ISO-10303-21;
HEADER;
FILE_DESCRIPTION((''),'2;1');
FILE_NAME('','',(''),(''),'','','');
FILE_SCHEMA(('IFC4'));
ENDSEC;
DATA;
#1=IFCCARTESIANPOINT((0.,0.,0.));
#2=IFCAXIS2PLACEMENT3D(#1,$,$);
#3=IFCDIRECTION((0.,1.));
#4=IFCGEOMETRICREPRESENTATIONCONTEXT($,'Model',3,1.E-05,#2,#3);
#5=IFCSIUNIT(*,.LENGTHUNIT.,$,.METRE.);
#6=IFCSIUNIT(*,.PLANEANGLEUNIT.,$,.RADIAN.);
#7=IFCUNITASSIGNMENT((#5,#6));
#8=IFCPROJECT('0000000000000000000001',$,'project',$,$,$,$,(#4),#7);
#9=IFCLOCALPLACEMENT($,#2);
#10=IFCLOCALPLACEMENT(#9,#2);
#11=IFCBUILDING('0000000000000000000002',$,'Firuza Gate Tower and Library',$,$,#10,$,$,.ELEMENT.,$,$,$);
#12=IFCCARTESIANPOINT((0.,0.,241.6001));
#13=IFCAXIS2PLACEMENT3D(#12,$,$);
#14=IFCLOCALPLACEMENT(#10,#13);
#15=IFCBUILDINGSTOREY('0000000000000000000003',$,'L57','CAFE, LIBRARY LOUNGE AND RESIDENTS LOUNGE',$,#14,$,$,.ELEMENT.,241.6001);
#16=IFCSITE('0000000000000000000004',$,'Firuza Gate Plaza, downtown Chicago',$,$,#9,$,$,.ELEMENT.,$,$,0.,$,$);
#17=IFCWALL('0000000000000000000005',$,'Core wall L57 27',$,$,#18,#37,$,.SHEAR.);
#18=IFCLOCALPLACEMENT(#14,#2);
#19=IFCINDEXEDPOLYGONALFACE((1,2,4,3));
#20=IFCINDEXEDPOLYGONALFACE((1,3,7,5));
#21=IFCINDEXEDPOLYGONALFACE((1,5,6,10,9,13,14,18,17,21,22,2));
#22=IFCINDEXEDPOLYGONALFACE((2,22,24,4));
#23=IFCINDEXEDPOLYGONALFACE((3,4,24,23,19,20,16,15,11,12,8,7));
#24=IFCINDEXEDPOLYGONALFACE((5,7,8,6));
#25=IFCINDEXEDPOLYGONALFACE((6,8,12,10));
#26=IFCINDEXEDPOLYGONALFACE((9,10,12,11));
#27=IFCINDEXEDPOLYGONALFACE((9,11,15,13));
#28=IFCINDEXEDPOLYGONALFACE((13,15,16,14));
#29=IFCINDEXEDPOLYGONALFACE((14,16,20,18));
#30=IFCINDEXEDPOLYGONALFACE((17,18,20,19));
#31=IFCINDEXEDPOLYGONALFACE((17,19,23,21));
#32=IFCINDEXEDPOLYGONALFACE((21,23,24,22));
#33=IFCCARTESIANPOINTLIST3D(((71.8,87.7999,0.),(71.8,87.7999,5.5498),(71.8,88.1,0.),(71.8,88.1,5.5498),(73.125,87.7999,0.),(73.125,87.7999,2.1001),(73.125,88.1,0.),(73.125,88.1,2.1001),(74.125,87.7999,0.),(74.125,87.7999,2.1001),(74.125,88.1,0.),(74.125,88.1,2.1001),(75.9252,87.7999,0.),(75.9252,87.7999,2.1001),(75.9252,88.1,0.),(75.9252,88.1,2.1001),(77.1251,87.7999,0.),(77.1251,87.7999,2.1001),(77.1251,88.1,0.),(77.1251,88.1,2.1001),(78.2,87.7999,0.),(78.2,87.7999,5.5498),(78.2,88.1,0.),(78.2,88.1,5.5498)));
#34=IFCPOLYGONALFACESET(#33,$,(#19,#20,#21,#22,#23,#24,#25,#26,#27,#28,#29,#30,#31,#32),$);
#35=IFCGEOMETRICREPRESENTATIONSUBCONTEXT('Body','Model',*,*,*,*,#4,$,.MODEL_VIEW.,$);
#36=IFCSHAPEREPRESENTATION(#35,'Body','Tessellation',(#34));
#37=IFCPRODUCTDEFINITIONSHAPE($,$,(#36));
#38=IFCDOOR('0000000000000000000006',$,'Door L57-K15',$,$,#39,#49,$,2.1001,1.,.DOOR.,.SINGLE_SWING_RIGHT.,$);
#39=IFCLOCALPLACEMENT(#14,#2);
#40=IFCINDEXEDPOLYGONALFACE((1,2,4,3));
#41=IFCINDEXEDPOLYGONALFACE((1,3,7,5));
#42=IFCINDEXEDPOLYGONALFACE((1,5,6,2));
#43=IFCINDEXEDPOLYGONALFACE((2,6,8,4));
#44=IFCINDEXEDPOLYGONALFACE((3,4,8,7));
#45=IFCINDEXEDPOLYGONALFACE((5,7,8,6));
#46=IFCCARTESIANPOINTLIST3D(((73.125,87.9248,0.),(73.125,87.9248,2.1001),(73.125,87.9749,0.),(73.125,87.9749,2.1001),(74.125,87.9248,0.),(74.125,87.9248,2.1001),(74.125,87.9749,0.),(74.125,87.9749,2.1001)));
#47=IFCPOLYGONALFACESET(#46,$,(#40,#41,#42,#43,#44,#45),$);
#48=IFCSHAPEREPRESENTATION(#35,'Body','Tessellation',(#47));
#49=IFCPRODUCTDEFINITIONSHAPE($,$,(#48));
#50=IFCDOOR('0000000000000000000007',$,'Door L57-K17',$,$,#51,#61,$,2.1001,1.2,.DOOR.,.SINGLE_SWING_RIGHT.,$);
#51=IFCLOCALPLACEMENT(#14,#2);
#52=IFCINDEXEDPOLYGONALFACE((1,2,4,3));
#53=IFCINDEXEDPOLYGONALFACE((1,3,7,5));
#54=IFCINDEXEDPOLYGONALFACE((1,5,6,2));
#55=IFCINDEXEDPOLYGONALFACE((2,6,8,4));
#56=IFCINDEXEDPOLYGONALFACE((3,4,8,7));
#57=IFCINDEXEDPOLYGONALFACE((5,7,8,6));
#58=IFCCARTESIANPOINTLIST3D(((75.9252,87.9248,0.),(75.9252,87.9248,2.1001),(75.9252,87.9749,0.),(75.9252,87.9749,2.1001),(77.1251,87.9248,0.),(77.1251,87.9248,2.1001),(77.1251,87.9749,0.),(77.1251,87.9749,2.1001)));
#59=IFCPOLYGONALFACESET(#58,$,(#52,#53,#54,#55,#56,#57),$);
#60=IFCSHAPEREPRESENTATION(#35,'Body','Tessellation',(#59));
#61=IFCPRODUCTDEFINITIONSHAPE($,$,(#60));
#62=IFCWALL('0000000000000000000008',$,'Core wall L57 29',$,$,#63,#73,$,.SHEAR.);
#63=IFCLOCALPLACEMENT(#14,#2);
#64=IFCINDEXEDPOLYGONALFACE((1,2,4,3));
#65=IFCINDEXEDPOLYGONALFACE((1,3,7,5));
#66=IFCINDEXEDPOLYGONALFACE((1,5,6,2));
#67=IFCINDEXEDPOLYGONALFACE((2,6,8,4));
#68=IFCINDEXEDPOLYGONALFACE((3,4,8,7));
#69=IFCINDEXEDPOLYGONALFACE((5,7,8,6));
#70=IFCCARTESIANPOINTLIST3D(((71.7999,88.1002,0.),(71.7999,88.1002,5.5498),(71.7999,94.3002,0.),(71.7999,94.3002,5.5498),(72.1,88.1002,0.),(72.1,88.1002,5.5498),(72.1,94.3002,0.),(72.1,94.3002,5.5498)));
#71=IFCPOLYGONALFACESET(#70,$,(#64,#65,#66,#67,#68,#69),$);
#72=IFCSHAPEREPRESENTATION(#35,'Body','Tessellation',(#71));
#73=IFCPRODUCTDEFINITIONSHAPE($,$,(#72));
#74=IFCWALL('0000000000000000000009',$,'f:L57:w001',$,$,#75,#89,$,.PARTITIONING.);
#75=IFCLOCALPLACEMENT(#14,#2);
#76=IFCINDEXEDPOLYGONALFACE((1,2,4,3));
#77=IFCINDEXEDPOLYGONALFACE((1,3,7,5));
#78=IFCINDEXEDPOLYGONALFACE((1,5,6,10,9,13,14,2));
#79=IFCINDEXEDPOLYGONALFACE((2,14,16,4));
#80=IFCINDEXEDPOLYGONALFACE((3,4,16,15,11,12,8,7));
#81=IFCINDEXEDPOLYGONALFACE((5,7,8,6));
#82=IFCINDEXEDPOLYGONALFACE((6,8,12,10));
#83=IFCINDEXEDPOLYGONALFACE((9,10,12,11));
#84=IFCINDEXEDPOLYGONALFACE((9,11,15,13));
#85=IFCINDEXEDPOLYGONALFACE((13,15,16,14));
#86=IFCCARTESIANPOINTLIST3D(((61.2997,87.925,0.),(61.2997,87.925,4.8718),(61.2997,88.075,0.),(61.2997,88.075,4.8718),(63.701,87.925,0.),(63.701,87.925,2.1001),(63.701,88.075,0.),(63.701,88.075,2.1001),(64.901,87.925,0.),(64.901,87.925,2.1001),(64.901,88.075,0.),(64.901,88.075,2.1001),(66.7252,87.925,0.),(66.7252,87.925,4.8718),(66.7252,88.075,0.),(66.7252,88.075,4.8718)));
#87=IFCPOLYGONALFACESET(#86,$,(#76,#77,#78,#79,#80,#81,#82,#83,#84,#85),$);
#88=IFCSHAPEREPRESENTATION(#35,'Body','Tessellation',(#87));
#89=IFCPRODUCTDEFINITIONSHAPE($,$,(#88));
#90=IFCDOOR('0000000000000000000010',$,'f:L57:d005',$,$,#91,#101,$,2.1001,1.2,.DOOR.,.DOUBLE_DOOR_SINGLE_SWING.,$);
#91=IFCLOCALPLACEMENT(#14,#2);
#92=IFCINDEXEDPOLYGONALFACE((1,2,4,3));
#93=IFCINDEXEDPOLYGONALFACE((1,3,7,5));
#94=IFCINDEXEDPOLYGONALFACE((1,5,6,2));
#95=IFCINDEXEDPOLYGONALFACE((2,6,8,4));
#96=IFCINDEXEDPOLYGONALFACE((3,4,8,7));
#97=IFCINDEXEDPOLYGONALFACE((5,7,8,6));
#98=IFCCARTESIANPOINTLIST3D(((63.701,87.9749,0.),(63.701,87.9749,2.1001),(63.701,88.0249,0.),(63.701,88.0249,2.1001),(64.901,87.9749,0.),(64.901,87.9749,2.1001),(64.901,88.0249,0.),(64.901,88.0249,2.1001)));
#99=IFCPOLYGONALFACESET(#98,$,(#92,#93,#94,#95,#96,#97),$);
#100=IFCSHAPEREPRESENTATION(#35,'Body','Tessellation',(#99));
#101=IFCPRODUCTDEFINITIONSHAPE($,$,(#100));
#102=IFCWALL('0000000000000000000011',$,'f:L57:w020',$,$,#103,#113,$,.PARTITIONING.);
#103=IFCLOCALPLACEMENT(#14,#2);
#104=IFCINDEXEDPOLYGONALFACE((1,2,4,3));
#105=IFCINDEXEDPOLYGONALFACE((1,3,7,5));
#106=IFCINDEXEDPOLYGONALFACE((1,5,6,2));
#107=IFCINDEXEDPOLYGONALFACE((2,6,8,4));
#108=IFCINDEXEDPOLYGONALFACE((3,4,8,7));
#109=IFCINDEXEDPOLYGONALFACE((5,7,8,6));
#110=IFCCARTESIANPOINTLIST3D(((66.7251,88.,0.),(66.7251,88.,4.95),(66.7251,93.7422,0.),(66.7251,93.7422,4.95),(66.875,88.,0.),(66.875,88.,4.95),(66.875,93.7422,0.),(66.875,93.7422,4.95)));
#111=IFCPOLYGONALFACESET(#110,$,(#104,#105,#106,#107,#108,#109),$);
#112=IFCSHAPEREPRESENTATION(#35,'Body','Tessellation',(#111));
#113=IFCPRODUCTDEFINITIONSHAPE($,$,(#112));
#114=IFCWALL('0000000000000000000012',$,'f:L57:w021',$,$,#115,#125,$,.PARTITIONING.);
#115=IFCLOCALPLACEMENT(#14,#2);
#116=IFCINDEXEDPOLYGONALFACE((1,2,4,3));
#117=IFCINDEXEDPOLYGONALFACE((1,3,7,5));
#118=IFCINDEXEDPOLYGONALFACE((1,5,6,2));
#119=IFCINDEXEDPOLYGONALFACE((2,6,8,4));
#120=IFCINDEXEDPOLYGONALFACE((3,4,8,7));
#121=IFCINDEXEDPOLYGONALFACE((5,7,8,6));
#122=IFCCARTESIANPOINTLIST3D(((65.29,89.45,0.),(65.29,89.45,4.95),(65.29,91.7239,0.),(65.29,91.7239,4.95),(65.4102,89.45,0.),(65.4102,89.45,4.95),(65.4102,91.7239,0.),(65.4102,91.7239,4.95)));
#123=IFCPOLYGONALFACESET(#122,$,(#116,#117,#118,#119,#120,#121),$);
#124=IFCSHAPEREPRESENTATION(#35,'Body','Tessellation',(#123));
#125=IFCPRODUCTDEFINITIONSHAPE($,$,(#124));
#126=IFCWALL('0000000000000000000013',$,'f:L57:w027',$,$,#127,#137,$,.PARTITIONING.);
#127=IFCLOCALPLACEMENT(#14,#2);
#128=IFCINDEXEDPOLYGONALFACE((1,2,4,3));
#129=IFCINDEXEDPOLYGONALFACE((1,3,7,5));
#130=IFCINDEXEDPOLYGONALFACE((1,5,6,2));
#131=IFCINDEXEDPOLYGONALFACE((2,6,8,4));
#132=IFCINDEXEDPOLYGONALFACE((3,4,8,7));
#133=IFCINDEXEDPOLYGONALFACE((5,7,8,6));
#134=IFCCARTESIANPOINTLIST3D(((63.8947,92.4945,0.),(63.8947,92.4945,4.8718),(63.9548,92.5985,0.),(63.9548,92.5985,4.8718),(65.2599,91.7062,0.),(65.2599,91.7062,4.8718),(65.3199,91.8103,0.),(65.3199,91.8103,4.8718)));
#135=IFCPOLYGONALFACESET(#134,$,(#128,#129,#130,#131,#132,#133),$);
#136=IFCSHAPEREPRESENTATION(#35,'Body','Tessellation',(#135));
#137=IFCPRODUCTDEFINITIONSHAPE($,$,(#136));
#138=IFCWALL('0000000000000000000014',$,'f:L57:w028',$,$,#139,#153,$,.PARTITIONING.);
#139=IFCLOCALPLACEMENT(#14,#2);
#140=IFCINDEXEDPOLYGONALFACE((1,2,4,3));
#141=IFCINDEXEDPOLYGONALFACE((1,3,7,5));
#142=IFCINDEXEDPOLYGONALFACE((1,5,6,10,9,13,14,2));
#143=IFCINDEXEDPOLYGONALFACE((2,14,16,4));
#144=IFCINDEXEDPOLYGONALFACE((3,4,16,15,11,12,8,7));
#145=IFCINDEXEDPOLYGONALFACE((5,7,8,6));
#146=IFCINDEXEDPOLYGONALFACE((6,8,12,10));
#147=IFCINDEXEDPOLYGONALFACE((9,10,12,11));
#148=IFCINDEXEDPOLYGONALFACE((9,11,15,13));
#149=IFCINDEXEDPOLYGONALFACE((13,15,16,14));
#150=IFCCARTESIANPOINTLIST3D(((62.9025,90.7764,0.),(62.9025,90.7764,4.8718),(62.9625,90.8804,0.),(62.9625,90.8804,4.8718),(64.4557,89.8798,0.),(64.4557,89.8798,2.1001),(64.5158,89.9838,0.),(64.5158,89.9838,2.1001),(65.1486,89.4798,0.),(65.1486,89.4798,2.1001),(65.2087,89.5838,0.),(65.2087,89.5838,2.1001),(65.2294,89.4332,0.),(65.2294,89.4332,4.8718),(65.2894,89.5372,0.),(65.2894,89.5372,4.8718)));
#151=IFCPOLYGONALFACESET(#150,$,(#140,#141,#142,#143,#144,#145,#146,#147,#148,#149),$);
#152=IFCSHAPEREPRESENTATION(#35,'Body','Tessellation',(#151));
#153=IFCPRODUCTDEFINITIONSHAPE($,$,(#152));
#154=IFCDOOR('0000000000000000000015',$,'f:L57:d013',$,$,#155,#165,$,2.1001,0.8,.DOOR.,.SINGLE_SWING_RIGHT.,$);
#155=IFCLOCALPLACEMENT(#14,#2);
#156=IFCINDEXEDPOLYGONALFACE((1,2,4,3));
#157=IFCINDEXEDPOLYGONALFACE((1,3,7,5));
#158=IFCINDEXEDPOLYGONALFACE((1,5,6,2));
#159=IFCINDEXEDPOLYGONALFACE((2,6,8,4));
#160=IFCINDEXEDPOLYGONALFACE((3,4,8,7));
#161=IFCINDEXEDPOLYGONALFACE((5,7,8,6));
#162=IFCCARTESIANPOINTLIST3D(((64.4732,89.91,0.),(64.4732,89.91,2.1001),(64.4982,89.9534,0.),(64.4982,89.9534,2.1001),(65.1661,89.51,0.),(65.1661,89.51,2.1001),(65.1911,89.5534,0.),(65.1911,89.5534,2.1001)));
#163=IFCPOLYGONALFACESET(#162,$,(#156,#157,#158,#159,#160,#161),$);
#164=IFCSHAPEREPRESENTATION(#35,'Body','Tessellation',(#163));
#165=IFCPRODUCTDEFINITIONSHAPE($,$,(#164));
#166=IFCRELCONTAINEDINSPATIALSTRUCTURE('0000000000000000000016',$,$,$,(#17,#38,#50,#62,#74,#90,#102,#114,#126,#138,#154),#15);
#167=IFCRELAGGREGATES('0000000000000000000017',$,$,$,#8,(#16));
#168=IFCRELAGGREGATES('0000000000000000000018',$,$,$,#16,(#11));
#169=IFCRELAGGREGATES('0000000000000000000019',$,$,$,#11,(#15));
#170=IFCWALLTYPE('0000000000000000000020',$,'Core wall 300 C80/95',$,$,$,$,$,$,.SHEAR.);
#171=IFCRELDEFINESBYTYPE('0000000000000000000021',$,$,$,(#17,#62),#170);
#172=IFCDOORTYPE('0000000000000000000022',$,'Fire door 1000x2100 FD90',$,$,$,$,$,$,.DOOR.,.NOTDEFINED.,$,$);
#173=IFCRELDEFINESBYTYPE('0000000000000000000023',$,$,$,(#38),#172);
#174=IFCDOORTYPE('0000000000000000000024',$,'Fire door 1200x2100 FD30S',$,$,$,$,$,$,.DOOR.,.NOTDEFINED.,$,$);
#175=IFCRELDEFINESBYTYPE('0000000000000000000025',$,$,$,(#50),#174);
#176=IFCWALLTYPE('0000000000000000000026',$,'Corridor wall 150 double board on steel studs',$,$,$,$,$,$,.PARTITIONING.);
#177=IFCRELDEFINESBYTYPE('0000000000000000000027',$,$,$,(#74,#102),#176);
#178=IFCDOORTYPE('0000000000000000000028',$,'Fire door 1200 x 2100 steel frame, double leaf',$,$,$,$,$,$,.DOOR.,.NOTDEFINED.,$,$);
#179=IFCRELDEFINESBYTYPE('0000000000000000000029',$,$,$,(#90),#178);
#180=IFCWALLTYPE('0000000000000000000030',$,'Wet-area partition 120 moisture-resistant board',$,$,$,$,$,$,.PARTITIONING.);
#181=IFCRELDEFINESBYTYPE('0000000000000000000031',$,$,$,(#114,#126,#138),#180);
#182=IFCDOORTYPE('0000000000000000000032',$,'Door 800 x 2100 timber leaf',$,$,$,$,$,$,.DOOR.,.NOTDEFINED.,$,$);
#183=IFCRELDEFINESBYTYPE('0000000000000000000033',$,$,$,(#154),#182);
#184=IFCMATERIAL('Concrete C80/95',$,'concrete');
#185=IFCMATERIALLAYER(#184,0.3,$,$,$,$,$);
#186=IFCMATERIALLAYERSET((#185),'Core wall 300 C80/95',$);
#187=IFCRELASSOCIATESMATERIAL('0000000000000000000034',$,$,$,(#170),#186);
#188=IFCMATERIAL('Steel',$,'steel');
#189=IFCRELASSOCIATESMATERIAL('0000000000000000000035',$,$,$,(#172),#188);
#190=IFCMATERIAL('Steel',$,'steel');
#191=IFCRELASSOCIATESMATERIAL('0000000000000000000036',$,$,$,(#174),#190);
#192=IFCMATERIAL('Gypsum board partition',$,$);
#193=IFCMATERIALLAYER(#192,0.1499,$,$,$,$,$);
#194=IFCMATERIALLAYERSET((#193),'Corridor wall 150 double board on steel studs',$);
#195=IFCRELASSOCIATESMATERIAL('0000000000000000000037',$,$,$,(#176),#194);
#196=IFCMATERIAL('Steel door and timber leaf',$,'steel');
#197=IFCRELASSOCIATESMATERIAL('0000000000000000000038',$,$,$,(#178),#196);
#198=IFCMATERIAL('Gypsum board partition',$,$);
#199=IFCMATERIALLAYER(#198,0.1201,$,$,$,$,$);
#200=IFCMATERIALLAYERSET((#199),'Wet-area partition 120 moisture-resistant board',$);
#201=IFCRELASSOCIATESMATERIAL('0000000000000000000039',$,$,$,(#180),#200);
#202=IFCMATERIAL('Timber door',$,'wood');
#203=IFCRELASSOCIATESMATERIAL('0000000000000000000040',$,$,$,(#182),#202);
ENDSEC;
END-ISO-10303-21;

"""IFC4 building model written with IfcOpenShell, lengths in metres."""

from ifc_helpers import new_model, si_unit, direction, frame, frame_2d, origin, place, context, subcontext, project, spatial, rectangle, extrude, material, layer, layer_set, type_object, element, fill, save


model = new_model("IFC4")

# Units and contexts
model_context = context("Model", 3, precision=1e-05, world=origin(), true_north=direction((0.0, 1.0)))
body_context = subcontext(model_context, "Body", "Model", "MODEL_VIEW")
ifc_project = project(units=[si_unit("LENGTHUNIT", "METRE"), si_unit("PLANEANGLEUNIT", "RADIAN")], contexts=[model_context])

# Site, building, storey
site_placement = place(None, origin())
site = spatial("IfcSite", under=ifc_project, at=site_placement, Name="Firuza Gate Plaza, downtown Chicago", CompositionType="ELEMENT", RefElevation=0.0)
building_placement = place(site_placement, origin())
building = spatial("IfcBuilding", under=site, at=building_placement, Name="Firuza Gate Tower and Library", CompositionType="ELEMENT")
storey_placement = place(building_placement, frame((0.0, 0.0, 241.6001)))
storey = spatial("IfcBuildingStorey", under=building, at=storey_placement, Name="L57", Description="CAFE, LIBRARY LOUNGE AND RESIDENTS LOUNGE", CompositionType="ELEMENT", Elevation=241.6001)

# Wall, openings, doors
ifc_material_1 = material(Name="Concrete C80/95", Category="concrete")
ifc_layer_1 = layer(ifc_material_1, 0.3)
ifc_layer_set_1 = layer_set([ifc_layer_1], Name="Core wall 300 C80/95")
wall_type_1 = type_object("IfcWallType", Name="Core wall 300 C80/95", PredefinedType="SHEAR", material=ifc_layer_set_1)
wall_1_placement = place(storey_placement, frame((71.8, 87.95, 0.0), z_axis=(0.0, 0.0, 1.0), x_axis=(1.0, 0.0, 0.0)))
wall_1 = element("IfcWall", 1, at=wall_1_placement, inside=storey, type_object=wall_type_1, Name="Core wall L57 27", PredefinedType="SHEAR", context=body_context, shape_type="SweptSolid", body=[
    extrude(rectangle(XDim=6.3999, YDim=0.3, at=frame_2d((3.2, 0.0))), origin(), (0.0, 0.0, 1.0), 5.5498),
])
opening_1_placement = place(wall_1_placement, frame((1.325, 0.0, 0.0)))
opening_1 = element("IfcOpeningElement", 2, at=opening_1_placement, cuts=wall_1, PredefinedType="OPENING", context=body_context, shape_type="SweptSolid", body=[
    extrude(rectangle(XDim=1.0, YDim=2.1001, at=frame_2d((0.5, 1.05))), frame((0.0, 0.1602, 0.0), z_axis=(0.0, -1.0, 0.0), x_axis=(1.0, 0.0, 0.0)), (0.0, 0.0, 1.0), 0.3201),
])
opening_2_placement = place(wall_1_placement, frame((4.125, 0.0, 0.0)))
opening_2 = element("IfcOpeningElement", 3, at=opening_2_placement, cuts=wall_1, PredefinedType="OPENING", context=body_context, shape_type="SweptSolid", body=[
    extrude(rectangle(XDim=1.2, YDim=2.1001, at=frame_2d((0.6001, 1.05))), frame((0.0, 0.1602, 0.0), z_axis=(0.0, -1.0, 0.0), x_axis=(1.0, 0.0, 0.0)), (0.0, 0.0, 1.0), 0.3201),
])
ifc_material_2 = material(Name="Steel", Category="steel")
door_type_1 = type_object("IfcDoorType", Name="Fire door 1000x2100 FD90", OperationType="NOTDEFINED", PredefinedType="DOOR", material=ifc_material_2)
door_1_placement = place(opening_1_placement, origin())
door_1 = element("IfcDoor", 4, at=door_1_placement, inside=storey, type_object=door_type_1, Name="Door L57-K15", OperationType="SINGLE_SWING_RIGHT", OverallHeight=2.1001, OverallWidth=1.0, PredefinedType="DOOR", context=body_context, shape_type="SweptSolid", body=[
    extrude(rectangle(XDim=1.0, YDim=2.1001, at=frame_2d((0.5, 1.05))), frame((0.0, 0.0249, 0.0), z_axis=(0.0, -1.0, 0.0), x_axis=(1.0, 0.0, 0.0)), (0.0, 0.0, 1.0), 0.05),
])
fill(opening_1, door_1)
ifc_material_3 = material(Name="Steel", Category="steel")
door_type_2 = type_object("IfcDoorType", Name="Fire door 1200x2100 FD30S", OperationType="NOTDEFINED", PredefinedType="DOOR", material=ifc_material_3)
door_2_placement = place(opening_2_placement, origin())
door_2 = element("IfcDoor", 5, at=door_2_placement, inside=storey, type_object=door_type_2, Name="Door L57-K17", OperationType="SINGLE_SWING_RIGHT", OverallHeight=2.1001, OverallWidth=1.2, PredefinedType="DOOR", context=body_context, shape_type="SweptSolid", body=[
    extrude(rectangle(XDim=1.2, YDim=2.1001, at=frame_2d((0.6001, 1.05))), frame((0.0, 0.0249, 0.0), z_axis=(0.0, -1.0, 0.0), x_axis=(1.0, 0.0, 0.0)), (0.0, 0.0, 1.0), 0.05),
])
fill(opening_2, door_2)

# Wall
wall_2_placement = place(storey_placement, frame((71.95, 88.1001, 0.0), z_axis=(0.0, 0.0, 1.0), x_axis=(0.0, 1.0, 0.0)))
element("IfcWall", 6, at=wall_2_placement, inside=storey, type_object=wall_type_1, Name="Core wall L57 29", PredefinedType="SHEAR", context=body_context, shape_type="SweptSolid", body=[
    extrude(rectangle(XDim=6.2, YDim=0.3, at=frame_2d((3.1001, 0.0))), origin(), (0.0, 0.0, 1.0), 5.5498),
])

# Wall, opening, door
ifc_material_4 = material(Name="Gypsum board partition")
ifc_layer_2 = layer(ifc_material_4, 0.1499)
ifc_layer_set_2 = layer_set([ifc_layer_2], Name="Corridor wall 150 double board on steel studs")
wall_type_2 = type_object("IfcWallType", Name="Corridor wall 150 double board on steel studs", PredefinedType="PARTITIONING", material=ifc_layer_set_2)
wall_3_placement = place(storey_placement, frame((61.2996, 88.0, 0.0), z_axis=(0.0, 0.0, 1.0), x_axis=(1.0, 0.0, 0.0)))
wall_3 = element("IfcWall", 7, at=wall_3_placement, inside=storey, type_object=wall_type_2, Name="f:L57:w001", PredefinedType="PARTITIONING", context=body_context, shape_type="SweptSolid", body=[
    extrude(rectangle(XDim=5.4255, YDim=0.1499, at=frame_2d((2.7129, 0.0))), origin(), (0.0, 0.0, 1.0), 4.8718),
])
opening_3_placement = place(wall_3_placement, frame((2.4014, 0.0, 0.0)))
opening_3 = element("IfcOpeningElement", 8, at=opening_3_placement, cuts=wall_3, PredefinedType="OPENING", context=body_context, shape_type="SweptSolid", body=[
    extrude(rectangle(XDim=1.2, YDim=2.1001, at=frame_2d((0.6001, 1.05))), frame((0.0, 0.085, 0.0), z_axis=(0.0, -1.0, 0.0), x_axis=(1.0, 0.0, 0.0)), (0.0, 0.0, 1.0), 0.1699),
])
ifc_material_5 = material(Name="Steel door and timber leaf", Category="steel")
door_type_3 = type_object("IfcDoorType", Name="Fire door 1200 x 2100 steel frame, double leaf", OperationType="NOTDEFINED", PredefinedType="DOOR", material=ifc_material_5)
door_3_placement = place(opening_3_placement, origin())
door_3 = element("IfcDoor", 9, at=door_3_placement, inside=storey, type_object=door_type_3, Name="f:L57:d005", OperationType="DOUBLE_DOOR_SINGLE_SWING", OverallHeight=2.1001, OverallWidth=1.2, PredefinedType="DOOR", context=body_context, shape_type="SweptSolid", body=[
    extrude(rectangle(XDim=1.2, YDim=2.1001, at=frame_2d((0.6001, 1.05))), frame((0.0, 0.0249, 0.0), z_axis=(0.0, -1.0, 0.0), x_axis=(1.0, 0.0, 0.0)), (0.0, 0.0, 1.0), 0.05),
])
fill(opening_3, door_3)

# Walls
wall_4_placement = place(storey_placement, frame((66.8, 88.0, 0.0), z_axis=(0.0, 0.0, 1.0), x_axis=(0.0, 1.0, 0.0)))
element("IfcWall", 10, at=wall_4_placement, inside=storey, type_object=wall_type_2, Name="f:L57:w020", PredefinedType="PARTITIONING", context=body_context, shape_type="SweptSolid", body=[
    extrude(rectangle(XDim=5.7422, YDim=0.1499, at=frame_2d((2.8711, 0.0))), origin(), (0.0, 0.0, 1.0), 4.95),
])
ifc_material_6 = material(Name="Gypsum board partition")
ifc_layer_3 = layer(ifc_material_6, 0.1201)
ifc_layer_set_3 = layer_set([ifc_layer_3], Name="Wet-area partition 120 moisture-resistant board")
wall_type_3 = type_object("IfcWallType", Name="Wet-area partition 120 moisture-resistant board", PredefinedType="PARTITIONING", material=ifc_layer_set_3)
wall_5_placement = place(storey_placement, frame((65.3501, 89.45, 0.0), z_axis=(0.0, 0.0, 1.0), x_axis=(0.0, 1.0, 0.0)))
element("IfcWall", 11, at=wall_5_placement, inside=storey, type_object=wall_type_3, Name="f:L57:w021", PredefinedType="PARTITIONING", context=body_context, shape_type="SweptSolid", body=[
    extrude(rectangle(XDim=2.2739, YDim=0.1201, at=frame_2d((1.137, 0.0))), origin(), (0.0, 0.0, 1.0), 4.95),
])
wall_6_placement = place(storey_placement, frame((65.2898, 91.7583, 0.0), z_axis=(0.0, 0.0, 1.0), x_axis=(-0.865995, 0.500053, 0.0)))
element("IfcWall", 12, at=wall_6_placement, inside=storey, type_object=wall_type_3, Name="f:L57:w027", PredefinedType="PARTITIONING", context=body_context, shape_type="SweptSolid", body=[
    extrude(rectangle(XDim=1.5764, YDim=0.1201, at=frame_2d((0.7881, 0.0))), origin(), (0.0, 0.0, 1.0), 4.8718),
])

# Wall, opening, door
wall_7_placement = place(storey_placement, frame((62.9326, 90.8284, 0.0), z_axis=(0.0, 0.0, 1.0), x_axis=(0.866054, -0.499951, 0.0)))
wall_7 = element("IfcWall", 13, at=wall_7_placement, inside=storey, type_object=wall_type_3, Name="f:L57:w028", PredefinedType="PARTITIONING", context=body_context, shape_type="SweptSolid", body=[
    extrude(rectangle(XDim=2.6868, YDim=0.1201, at=frame_2d((1.3433, 0.0))), origin(), (0.0, 0.0, 1.0), 4.8718),
])
opening_4_placement = place(wall_7_placement, frame((1.7935, 0.0, 0.0)))
opening_4 = element("IfcOpeningElement", 14, at=opening_4_placement, cuts=wall_7, PredefinedType="OPENING", context=body_context, shape_type="SweptSolid", body=[
    extrude(rectangle(XDim=0.8, YDim=2.1001, at=frame_2d((0.3999, 1.05))), frame((0.0, 0.0701, 0.0), z_axis=(0.0, -1.0, 0.0), x_axis=(1.0, 0.0, 0.0)), (0.0, 0.0, 1.0), 0.1401),
])
ifc_material_7 = material(Name="Timber door", Category="wood")
door_type_4 = type_object("IfcDoorType", Name="Door 800 x 2100 timber leaf", OperationType="NOTDEFINED", PredefinedType="DOOR", material=ifc_material_7)
door_4_placement = place(opening_4_placement, origin())
door_4 = element("IfcDoor", 15, at=door_4_placement, inside=storey, type_object=door_type_4, Name="f:L57:d013", OperationType="SINGLE_SWING_RIGHT", OverallHeight=2.1001, OverallWidth=0.8, PredefinedType="DOOR", context=body_context, shape_type="SweptSolid", body=[
    extrude(rectangle(XDim=0.8, YDim=2.1001, at=frame_2d((0.3999, 1.05))), frame((0.0, 0.0249, 0.0), z_axis=(0.0, -1.0, 0.0), x_axis=(1.0, 0.0, 0.0)), (0.0, 0.0, 1.0), 0.05),
])
fill(opening_4, door_4)

save(model, "model.ifc")
